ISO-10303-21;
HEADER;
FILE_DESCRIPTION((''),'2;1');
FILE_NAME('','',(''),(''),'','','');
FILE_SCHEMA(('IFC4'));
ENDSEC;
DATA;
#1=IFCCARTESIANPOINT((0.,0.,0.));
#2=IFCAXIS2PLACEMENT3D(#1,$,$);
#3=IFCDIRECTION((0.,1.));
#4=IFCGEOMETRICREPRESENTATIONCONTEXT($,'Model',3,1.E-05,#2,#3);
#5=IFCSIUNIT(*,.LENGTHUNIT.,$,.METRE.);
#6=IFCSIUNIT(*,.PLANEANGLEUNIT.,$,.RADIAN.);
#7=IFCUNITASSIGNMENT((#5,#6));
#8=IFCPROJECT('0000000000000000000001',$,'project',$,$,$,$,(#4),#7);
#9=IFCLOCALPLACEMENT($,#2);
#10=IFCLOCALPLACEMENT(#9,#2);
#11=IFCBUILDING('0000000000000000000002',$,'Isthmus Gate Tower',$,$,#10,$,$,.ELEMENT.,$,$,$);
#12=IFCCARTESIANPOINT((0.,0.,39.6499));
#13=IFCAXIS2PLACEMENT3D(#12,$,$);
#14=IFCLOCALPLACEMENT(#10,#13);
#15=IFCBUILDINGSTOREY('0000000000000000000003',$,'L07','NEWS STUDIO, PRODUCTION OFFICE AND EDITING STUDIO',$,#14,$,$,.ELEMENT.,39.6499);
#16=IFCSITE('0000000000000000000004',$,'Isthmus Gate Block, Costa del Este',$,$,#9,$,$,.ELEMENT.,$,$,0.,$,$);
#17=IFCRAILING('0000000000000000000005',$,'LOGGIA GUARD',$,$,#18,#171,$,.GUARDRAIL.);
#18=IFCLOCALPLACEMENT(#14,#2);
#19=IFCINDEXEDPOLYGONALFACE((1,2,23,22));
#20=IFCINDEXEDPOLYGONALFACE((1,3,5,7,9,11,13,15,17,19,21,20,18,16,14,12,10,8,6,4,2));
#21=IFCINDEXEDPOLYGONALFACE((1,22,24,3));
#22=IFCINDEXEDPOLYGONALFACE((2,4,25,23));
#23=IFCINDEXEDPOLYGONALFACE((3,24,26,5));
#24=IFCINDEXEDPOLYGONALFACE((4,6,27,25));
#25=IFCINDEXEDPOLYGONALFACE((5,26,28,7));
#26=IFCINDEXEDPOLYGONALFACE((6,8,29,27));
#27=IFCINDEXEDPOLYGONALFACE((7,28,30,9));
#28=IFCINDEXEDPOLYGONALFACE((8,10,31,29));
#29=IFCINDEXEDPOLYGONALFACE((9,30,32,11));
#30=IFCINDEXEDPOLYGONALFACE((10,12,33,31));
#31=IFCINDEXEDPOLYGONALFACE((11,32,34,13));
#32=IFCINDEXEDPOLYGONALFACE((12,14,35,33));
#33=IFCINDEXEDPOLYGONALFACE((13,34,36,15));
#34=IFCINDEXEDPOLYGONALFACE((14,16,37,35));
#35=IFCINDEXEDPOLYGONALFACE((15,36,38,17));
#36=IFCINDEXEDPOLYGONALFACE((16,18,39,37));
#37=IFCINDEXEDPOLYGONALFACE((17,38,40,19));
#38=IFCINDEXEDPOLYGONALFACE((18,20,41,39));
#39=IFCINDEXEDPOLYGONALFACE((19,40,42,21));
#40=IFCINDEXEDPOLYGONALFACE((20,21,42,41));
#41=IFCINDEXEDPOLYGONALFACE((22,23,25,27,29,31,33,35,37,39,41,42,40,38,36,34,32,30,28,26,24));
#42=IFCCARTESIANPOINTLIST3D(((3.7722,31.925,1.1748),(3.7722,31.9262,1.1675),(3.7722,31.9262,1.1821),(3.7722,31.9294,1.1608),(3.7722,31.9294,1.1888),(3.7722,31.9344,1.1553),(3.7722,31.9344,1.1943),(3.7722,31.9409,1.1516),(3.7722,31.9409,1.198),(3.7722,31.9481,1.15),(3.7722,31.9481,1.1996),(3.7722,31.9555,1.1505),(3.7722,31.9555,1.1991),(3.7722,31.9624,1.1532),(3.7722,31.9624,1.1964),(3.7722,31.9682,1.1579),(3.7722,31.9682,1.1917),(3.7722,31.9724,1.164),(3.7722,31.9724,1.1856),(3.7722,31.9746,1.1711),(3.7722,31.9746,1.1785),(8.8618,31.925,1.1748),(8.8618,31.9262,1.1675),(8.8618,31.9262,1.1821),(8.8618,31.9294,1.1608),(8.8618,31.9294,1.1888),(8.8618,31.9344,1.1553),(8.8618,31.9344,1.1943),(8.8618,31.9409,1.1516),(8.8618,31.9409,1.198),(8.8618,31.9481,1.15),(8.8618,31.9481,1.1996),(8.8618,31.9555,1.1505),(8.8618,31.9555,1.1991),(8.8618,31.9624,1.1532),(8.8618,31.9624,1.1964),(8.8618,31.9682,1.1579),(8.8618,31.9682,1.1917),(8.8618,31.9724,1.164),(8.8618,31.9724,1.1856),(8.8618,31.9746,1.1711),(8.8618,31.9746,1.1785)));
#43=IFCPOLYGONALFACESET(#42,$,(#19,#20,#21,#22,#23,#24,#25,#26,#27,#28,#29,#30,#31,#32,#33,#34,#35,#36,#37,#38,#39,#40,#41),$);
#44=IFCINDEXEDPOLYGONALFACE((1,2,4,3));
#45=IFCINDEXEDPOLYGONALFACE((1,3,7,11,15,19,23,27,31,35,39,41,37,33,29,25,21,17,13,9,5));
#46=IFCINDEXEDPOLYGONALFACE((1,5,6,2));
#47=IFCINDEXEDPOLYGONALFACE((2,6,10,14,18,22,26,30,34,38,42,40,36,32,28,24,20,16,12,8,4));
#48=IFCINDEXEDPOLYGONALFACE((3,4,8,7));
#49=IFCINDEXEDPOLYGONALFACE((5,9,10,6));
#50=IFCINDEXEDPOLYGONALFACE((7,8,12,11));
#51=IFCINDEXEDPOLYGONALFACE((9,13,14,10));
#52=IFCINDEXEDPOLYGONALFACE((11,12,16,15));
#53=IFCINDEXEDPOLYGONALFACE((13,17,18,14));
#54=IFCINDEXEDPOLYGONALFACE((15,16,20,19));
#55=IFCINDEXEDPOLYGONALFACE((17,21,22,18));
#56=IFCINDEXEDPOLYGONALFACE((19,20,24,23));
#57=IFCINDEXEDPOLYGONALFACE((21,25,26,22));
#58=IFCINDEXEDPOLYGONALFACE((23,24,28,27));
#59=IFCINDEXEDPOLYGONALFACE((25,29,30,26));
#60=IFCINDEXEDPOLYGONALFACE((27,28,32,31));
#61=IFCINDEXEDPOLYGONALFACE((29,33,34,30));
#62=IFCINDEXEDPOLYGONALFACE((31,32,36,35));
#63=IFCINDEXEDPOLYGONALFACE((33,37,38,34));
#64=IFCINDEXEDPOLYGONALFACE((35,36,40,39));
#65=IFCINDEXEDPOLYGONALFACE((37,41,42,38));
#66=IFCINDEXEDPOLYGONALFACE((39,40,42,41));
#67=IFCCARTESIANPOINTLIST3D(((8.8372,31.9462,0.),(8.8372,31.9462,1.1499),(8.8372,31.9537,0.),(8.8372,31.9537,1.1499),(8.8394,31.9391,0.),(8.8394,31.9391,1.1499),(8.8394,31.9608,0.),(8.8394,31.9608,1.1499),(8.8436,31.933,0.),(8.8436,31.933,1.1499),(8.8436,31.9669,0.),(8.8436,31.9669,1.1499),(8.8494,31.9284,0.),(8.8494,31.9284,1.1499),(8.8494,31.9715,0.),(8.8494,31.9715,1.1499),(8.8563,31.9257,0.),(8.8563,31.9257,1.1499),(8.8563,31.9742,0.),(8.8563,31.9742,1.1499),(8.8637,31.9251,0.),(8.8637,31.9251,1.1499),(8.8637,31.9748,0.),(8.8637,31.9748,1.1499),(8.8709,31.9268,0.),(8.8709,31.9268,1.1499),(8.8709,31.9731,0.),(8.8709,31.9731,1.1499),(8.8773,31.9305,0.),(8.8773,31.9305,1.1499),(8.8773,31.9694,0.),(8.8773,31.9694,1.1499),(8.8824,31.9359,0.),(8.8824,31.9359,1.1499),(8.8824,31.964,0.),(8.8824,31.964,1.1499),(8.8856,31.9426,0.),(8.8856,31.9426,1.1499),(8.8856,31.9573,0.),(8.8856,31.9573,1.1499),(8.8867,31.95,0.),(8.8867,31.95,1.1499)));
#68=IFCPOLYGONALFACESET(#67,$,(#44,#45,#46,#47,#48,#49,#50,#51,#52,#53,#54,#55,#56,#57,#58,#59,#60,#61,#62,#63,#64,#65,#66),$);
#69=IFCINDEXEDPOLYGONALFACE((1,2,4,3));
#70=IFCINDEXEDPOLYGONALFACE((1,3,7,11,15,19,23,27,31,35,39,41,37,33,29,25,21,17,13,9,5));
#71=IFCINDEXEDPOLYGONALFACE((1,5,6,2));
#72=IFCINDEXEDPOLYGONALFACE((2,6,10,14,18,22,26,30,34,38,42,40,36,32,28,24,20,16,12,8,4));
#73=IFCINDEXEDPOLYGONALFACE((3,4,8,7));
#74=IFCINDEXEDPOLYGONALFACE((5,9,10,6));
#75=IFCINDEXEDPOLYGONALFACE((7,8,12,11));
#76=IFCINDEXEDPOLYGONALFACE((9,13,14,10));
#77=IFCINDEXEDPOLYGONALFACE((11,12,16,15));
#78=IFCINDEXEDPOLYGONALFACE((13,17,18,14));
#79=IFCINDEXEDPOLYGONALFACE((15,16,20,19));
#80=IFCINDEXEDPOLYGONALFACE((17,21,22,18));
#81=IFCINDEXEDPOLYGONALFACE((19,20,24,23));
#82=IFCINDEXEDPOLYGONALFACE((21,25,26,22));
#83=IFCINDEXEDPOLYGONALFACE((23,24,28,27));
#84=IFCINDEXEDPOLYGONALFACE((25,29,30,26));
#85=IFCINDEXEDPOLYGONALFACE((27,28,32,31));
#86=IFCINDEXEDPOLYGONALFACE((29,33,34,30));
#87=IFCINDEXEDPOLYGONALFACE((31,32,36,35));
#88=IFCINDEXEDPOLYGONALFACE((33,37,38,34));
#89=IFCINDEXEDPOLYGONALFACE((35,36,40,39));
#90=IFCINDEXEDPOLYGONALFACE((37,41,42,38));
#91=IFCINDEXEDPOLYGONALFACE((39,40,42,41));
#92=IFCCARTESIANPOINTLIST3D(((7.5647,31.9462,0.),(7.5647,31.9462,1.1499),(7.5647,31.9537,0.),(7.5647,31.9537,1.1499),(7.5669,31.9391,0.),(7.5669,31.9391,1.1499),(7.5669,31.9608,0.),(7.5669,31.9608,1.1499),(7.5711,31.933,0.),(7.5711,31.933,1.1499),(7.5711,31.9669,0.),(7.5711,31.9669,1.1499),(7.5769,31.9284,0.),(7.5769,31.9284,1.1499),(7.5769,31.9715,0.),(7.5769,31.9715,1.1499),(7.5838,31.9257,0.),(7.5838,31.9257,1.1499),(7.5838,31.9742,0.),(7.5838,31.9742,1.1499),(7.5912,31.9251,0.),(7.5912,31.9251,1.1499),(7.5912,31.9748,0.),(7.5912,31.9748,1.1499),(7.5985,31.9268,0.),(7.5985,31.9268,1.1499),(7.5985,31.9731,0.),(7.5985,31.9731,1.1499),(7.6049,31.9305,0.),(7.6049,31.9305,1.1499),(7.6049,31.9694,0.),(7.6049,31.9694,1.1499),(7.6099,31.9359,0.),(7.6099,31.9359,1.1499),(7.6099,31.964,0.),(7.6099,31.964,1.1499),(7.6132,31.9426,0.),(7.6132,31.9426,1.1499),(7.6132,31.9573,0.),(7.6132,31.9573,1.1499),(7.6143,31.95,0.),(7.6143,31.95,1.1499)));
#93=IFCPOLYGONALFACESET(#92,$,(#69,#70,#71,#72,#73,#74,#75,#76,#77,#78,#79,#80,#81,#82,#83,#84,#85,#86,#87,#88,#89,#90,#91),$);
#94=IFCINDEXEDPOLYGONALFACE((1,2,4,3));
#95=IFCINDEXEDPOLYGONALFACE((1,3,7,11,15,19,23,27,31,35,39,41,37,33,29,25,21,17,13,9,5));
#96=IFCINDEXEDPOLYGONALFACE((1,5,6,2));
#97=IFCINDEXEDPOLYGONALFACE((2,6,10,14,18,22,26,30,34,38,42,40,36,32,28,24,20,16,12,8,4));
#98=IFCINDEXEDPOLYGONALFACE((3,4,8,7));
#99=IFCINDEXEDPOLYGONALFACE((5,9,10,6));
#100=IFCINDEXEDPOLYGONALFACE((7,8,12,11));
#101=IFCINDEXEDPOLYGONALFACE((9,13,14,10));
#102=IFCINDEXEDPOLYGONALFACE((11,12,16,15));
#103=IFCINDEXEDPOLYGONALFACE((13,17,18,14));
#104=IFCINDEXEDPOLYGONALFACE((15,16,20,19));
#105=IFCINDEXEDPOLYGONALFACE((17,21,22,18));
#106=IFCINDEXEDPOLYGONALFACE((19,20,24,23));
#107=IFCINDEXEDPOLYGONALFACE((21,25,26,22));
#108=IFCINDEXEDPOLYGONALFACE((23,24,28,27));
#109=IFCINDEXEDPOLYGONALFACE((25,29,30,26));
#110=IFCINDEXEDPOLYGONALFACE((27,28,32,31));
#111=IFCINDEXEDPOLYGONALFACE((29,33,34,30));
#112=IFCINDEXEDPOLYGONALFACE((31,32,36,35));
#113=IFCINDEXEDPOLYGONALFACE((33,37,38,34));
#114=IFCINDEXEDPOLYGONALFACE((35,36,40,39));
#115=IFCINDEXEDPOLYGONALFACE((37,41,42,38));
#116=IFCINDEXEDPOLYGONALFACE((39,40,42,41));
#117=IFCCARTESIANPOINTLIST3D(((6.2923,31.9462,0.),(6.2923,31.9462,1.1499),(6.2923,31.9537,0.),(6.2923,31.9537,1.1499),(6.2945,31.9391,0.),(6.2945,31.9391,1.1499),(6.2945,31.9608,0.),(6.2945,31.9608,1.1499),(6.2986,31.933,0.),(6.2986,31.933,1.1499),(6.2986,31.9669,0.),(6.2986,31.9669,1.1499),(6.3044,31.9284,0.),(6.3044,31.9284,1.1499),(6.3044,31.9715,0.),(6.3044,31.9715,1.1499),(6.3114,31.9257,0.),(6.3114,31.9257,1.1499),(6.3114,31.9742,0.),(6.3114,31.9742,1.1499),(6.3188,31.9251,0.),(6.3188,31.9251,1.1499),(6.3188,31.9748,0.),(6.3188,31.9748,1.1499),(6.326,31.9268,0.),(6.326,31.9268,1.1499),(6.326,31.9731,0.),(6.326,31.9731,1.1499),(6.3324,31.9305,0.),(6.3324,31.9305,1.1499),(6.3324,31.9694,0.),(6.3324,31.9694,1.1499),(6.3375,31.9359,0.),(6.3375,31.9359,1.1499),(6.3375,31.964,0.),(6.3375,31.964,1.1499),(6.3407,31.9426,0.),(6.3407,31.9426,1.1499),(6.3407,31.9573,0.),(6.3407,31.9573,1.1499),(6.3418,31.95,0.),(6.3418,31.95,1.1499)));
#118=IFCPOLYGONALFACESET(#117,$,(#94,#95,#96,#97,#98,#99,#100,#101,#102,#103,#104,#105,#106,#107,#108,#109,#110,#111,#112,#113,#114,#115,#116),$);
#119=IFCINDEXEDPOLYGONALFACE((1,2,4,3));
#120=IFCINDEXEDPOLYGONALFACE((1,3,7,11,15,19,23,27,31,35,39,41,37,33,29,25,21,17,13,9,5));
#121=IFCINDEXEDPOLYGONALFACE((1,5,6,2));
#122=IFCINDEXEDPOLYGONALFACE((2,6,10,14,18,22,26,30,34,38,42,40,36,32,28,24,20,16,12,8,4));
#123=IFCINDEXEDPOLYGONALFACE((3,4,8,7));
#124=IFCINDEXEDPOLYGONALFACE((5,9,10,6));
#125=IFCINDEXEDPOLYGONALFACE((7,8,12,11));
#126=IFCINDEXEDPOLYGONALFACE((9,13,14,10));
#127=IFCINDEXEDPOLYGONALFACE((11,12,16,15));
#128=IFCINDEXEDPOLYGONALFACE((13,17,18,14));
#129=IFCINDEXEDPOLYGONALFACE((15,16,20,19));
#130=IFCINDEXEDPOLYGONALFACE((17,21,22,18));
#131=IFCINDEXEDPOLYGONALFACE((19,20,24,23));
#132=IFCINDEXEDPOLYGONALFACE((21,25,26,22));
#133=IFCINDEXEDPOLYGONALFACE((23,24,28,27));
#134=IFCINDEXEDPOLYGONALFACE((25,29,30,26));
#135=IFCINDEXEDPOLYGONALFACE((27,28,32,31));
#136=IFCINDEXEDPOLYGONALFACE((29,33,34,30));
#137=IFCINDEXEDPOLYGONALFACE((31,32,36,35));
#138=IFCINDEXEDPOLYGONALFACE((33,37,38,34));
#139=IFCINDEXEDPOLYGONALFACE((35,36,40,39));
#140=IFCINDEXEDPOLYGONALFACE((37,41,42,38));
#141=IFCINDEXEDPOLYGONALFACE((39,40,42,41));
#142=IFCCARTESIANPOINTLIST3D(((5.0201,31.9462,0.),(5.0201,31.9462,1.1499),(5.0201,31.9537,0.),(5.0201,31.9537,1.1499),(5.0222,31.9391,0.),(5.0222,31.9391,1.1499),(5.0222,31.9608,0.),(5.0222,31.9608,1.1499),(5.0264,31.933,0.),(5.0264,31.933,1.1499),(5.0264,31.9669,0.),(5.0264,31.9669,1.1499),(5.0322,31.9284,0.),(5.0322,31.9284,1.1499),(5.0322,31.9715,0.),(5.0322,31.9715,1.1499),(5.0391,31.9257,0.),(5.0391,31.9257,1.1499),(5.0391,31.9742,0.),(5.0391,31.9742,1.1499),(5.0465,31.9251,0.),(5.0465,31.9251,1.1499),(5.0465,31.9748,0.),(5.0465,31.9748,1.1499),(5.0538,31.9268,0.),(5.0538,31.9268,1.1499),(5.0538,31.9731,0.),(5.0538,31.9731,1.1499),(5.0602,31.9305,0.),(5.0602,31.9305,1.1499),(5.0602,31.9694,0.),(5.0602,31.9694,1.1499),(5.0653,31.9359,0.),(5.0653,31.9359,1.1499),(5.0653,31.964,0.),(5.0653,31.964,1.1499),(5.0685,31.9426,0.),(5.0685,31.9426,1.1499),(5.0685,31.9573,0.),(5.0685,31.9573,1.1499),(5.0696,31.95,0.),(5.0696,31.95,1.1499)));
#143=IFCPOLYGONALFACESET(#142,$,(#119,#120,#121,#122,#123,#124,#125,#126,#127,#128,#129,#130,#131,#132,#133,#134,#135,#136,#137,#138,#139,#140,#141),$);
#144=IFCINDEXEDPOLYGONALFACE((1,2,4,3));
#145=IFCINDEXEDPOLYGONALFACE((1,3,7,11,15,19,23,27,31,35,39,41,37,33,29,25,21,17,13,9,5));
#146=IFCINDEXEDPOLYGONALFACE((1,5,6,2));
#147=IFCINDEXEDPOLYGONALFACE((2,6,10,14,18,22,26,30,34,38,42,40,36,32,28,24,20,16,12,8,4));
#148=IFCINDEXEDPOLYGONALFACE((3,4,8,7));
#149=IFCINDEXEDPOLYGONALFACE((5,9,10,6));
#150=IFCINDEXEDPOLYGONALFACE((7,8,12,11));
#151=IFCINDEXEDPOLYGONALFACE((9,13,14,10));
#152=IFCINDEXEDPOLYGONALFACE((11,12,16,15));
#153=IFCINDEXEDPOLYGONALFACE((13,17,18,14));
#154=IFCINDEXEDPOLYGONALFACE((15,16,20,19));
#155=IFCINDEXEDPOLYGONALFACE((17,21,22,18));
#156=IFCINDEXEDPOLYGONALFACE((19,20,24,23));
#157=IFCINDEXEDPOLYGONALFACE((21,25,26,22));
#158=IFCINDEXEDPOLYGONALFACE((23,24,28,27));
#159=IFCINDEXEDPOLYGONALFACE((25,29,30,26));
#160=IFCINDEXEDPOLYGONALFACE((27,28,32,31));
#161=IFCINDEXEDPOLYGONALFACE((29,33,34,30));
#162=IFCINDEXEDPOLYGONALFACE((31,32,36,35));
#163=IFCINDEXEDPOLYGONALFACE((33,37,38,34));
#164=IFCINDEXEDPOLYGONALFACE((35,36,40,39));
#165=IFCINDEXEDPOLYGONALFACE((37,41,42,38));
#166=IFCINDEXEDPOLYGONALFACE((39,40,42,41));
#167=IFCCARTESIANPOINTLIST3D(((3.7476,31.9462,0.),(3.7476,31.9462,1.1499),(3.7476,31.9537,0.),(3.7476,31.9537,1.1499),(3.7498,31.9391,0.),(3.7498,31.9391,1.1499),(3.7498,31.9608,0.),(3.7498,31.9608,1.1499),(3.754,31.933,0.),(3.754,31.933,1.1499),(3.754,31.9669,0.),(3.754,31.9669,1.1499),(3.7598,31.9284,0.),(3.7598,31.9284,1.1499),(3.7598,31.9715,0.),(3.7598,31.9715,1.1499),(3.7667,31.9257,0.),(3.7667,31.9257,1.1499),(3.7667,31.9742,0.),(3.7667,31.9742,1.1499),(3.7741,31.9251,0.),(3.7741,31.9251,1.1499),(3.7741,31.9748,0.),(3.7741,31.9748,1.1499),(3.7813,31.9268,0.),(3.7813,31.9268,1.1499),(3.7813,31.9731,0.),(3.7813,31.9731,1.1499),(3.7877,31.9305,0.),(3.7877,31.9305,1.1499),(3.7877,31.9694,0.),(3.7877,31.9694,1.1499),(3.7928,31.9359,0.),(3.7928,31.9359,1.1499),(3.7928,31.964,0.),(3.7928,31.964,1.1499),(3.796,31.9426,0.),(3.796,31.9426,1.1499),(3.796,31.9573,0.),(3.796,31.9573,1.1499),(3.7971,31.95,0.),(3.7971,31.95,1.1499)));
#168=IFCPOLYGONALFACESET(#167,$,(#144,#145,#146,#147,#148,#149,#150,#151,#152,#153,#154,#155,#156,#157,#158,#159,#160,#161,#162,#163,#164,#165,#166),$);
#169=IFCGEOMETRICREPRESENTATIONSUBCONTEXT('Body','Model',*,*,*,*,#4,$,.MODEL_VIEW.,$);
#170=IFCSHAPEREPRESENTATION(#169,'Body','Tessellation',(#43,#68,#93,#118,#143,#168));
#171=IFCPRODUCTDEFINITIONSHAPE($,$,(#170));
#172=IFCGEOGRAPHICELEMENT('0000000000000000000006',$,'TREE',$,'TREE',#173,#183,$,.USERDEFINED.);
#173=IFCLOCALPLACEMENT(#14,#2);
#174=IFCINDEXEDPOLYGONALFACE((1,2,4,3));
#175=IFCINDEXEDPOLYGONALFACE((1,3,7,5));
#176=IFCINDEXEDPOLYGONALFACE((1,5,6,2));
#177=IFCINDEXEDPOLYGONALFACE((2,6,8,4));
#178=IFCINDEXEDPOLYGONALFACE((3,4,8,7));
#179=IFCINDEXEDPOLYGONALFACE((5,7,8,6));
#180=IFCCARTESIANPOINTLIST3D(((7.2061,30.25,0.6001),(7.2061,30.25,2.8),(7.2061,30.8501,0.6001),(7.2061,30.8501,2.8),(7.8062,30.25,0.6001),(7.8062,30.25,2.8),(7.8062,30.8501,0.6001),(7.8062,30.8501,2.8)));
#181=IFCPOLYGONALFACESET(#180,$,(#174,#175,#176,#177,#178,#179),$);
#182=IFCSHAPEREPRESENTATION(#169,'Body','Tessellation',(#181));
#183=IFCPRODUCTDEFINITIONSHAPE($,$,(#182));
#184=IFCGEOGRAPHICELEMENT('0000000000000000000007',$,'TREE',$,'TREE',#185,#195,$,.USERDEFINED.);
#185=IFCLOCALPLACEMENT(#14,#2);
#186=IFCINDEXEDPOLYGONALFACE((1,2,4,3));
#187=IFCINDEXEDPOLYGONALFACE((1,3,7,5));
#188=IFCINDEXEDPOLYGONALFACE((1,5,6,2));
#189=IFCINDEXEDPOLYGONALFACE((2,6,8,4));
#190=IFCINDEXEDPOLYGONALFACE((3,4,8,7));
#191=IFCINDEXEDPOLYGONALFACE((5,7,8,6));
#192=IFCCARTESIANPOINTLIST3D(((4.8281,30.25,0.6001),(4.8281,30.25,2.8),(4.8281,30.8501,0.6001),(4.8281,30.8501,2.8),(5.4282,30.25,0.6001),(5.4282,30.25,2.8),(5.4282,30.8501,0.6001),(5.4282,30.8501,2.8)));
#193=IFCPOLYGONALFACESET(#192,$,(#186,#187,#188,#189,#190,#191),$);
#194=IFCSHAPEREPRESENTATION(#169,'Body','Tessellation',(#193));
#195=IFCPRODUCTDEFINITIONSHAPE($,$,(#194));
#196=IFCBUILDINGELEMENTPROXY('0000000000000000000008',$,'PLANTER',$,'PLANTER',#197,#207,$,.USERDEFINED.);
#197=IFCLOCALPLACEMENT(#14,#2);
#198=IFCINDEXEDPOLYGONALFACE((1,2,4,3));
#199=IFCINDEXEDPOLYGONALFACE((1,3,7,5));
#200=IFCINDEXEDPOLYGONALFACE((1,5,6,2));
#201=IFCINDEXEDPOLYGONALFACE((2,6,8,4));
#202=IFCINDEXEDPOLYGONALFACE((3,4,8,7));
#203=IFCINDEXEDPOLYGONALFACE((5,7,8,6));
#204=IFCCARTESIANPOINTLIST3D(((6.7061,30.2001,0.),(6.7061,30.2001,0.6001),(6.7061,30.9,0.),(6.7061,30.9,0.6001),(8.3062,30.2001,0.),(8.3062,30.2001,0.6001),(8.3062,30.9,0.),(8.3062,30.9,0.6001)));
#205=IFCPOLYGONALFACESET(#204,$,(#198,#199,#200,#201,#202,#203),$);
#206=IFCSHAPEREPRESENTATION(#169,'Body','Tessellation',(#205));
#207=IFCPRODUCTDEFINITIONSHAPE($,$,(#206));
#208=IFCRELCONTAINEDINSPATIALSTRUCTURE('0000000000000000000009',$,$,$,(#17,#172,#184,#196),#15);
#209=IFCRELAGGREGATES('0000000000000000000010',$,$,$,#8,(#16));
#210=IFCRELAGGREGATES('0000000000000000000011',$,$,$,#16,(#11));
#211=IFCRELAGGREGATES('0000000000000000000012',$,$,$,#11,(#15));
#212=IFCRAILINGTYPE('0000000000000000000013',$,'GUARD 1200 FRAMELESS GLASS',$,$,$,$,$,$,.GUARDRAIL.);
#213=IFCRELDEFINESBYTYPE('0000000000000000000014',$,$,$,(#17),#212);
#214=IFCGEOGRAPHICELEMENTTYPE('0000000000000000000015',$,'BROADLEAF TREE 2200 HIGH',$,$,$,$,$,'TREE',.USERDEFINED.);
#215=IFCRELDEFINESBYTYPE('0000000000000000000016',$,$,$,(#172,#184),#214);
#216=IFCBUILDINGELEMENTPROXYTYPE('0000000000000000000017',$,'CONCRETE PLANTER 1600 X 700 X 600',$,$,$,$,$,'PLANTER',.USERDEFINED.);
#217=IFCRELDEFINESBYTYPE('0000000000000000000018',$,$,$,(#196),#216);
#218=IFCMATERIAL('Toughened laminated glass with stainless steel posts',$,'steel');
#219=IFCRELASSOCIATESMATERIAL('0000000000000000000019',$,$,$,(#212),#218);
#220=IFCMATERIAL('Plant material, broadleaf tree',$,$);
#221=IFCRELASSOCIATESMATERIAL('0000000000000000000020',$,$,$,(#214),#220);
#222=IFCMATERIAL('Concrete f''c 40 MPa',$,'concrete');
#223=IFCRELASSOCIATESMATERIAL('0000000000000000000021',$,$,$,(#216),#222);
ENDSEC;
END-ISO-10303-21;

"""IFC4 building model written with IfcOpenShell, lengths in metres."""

from ifc_helpers import new_model, si_unit, direction, frame, origin, origin_2d, place, context, subcontext, project, spatial, rectangle, circle, extrude, material, type_object, element, save


model = new_model("IFC4")

# Units and contexts
model_context = context("Model", 3, precision=1e-05, world=origin(), true_north=direction((0.0, 1.0)))
body_context = subcontext(model_context, "Body", "Model", "MODEL_VIEW")
ifc_project = project(units=[si_unit("LENGTHUNIT", "METRE"), si_unit("PLANEANGLEUNIT", "RADIAN")], contexts=[model_context])

# Site, building, storey
site_placement = place(None, origin())
site = spatial("IfcSite", under=ifc_project, at=site_placement, Name="Isthmus Gate Block, Costa del Este", CompositionType="ELEMENT", RefElevation=0.0)
building_placement = place(site_placement, origin())
building = spatial("IfcBuilding", under=site, at=building_placement, Name="Isthmus Gate Tower", CompositionType="ELEMENT")
storey_placement = place(building_placement, frame((0.0, 0.0, 39.6499)))
storey = spatial("IfcBuildingStorey", under=building, at=storey_placement, Name="L07", Description="NEWS STUDIO, PRODUCTION OFFICE AND EDITING STUDIO", CompositionType="ELEMENT", Elevation=39.6499)

# Railing
ifc_material_1 = material(Name="Toughened laminated glass with stainless steel posts", Category="steel")
railing_type = type_object("IfcRailingType", Name="GUARD 1200 FRAMELESS GLASS", PredefinedType="GUARDRAIL", material=ifc_material_1)
railing_placement = place(storey_placement, frame((8.8618, 31.95, 0.0)))
element("IfcRailing", 1, at=railing_placement, inside=storey, type_object=railing_type, Name="LOGGIA GUARD", PredefinedType="GUARDRAIL", context=body_context, shape_type="SweptSolid", body=[
    extrude(circle(Radius=0.0249, at=origin_2d()), frame((0.0, 0.0, 1.1748), z_axis=(-1.0, 0.0, 0.0), x_axis=(0.0, -1.0, 0.0)), (0.0, 0.0, 1.0), 5.0896),
    extrude(circle(Radius=0.0249, at=origin_2d()), origin(), (0.0, 0.0, 1.0), 1.1499),
    extrude(circle(Radius=0.0249, at=origin_2d()), frame((-1.2725, 0.0, 0.0)), (0.0, 0.0, 1.0), 1.1499),
    extrude(circle(Radius=0.0249, at=origin_2d()), frame((-2.5449, 0.0, 0.0)), (0.0, 0.0, 1.0), 1.1499),
    extrude(circle(Radius=0.0249, at=origin_2d()), frame((-3.8171, 0.0, 0.0)), (0.0, 0.0, 1.0), 1.1499),
    extrude(circle(Radius=0.0249, at=origin_2d()), frame((-5.0896, 0.0, 0.0)), (0.0, 0.0, 1.0), 1.1499),
])

# Geographic elements
ifc_material_2 = material(Name="Plant material, broadleaf tree")
geographic_element_type = type_object("IfcGeographicElementType", Name="BROADLEAF TREE 2200 HIGH", ElementType="TREE", PredefinedType="USERDEFINED", material=ifc_material_2)
for number, where, z_axis, x_axis, name in (
    (2, (7.5061, 30.55, 0.6001), (0.0, 0.0, 1.0), (-1.0, 0.0, 0.0), "TREE"),
    (3, (5.1282, 30.55, 0.6001), (0.0, 0.0, 1.0), (-1.0, 0.0, 0.0), "TREE"),
):
    element("IfcGeographicElement", number, at=place(storey_placement, frame(where, z_axis=z_axis, x_axis=x_axis)), inside=storey, type_object=geographic_element_type, Name=name, ObjectType="TREE", PredefinedType="USERDEFINED", context=body_context, shape_type="SweptSolid", body=[
        extrude(rectangle(XDim=0.6001, YDim=0.6001, at=origin_2d()), origin(), (0.0, 0.0, 1.0), 2.2),
    ])

# Building element proxy
ifc_material_3 = material(Name="Concrete f'c 40 MPa", Category="concrete")
building_element_proxy_type = type_object("IfcBuildingElementProxyType", Name="CONCRETE PLANTER 1600 X 700 X 600", ElementType="PLANTER", PredefinedType="USERDEFINED", material=ifc_material_3)
for number, where, z_axis, x_axis, name in (
    (4, (7.5061, 30.55, 0.0), (0.0, 0.0, 1.0), (-1.0, 0.0, 0.0), "PLANTER"),
):
    element("IfcBuildingElementProxy", number, at=place(storey_placement, frame(where, z_axis=z_axis, x_axis=x_axis)), inside=storey, type_object=building_element_proxy_type, Name=name, ObjectType="PLANTER", PredefinedType="USERDEFINED", context=body_context, shape_type="SweptSolid", body=[
        extrude(rectangle(XDim=1.6001, YDim=0.7, at=origin_2d()), origin(), (0.0, 0.0, 1.0), 0.6001),
    ])

save(model, "model.ifc")
